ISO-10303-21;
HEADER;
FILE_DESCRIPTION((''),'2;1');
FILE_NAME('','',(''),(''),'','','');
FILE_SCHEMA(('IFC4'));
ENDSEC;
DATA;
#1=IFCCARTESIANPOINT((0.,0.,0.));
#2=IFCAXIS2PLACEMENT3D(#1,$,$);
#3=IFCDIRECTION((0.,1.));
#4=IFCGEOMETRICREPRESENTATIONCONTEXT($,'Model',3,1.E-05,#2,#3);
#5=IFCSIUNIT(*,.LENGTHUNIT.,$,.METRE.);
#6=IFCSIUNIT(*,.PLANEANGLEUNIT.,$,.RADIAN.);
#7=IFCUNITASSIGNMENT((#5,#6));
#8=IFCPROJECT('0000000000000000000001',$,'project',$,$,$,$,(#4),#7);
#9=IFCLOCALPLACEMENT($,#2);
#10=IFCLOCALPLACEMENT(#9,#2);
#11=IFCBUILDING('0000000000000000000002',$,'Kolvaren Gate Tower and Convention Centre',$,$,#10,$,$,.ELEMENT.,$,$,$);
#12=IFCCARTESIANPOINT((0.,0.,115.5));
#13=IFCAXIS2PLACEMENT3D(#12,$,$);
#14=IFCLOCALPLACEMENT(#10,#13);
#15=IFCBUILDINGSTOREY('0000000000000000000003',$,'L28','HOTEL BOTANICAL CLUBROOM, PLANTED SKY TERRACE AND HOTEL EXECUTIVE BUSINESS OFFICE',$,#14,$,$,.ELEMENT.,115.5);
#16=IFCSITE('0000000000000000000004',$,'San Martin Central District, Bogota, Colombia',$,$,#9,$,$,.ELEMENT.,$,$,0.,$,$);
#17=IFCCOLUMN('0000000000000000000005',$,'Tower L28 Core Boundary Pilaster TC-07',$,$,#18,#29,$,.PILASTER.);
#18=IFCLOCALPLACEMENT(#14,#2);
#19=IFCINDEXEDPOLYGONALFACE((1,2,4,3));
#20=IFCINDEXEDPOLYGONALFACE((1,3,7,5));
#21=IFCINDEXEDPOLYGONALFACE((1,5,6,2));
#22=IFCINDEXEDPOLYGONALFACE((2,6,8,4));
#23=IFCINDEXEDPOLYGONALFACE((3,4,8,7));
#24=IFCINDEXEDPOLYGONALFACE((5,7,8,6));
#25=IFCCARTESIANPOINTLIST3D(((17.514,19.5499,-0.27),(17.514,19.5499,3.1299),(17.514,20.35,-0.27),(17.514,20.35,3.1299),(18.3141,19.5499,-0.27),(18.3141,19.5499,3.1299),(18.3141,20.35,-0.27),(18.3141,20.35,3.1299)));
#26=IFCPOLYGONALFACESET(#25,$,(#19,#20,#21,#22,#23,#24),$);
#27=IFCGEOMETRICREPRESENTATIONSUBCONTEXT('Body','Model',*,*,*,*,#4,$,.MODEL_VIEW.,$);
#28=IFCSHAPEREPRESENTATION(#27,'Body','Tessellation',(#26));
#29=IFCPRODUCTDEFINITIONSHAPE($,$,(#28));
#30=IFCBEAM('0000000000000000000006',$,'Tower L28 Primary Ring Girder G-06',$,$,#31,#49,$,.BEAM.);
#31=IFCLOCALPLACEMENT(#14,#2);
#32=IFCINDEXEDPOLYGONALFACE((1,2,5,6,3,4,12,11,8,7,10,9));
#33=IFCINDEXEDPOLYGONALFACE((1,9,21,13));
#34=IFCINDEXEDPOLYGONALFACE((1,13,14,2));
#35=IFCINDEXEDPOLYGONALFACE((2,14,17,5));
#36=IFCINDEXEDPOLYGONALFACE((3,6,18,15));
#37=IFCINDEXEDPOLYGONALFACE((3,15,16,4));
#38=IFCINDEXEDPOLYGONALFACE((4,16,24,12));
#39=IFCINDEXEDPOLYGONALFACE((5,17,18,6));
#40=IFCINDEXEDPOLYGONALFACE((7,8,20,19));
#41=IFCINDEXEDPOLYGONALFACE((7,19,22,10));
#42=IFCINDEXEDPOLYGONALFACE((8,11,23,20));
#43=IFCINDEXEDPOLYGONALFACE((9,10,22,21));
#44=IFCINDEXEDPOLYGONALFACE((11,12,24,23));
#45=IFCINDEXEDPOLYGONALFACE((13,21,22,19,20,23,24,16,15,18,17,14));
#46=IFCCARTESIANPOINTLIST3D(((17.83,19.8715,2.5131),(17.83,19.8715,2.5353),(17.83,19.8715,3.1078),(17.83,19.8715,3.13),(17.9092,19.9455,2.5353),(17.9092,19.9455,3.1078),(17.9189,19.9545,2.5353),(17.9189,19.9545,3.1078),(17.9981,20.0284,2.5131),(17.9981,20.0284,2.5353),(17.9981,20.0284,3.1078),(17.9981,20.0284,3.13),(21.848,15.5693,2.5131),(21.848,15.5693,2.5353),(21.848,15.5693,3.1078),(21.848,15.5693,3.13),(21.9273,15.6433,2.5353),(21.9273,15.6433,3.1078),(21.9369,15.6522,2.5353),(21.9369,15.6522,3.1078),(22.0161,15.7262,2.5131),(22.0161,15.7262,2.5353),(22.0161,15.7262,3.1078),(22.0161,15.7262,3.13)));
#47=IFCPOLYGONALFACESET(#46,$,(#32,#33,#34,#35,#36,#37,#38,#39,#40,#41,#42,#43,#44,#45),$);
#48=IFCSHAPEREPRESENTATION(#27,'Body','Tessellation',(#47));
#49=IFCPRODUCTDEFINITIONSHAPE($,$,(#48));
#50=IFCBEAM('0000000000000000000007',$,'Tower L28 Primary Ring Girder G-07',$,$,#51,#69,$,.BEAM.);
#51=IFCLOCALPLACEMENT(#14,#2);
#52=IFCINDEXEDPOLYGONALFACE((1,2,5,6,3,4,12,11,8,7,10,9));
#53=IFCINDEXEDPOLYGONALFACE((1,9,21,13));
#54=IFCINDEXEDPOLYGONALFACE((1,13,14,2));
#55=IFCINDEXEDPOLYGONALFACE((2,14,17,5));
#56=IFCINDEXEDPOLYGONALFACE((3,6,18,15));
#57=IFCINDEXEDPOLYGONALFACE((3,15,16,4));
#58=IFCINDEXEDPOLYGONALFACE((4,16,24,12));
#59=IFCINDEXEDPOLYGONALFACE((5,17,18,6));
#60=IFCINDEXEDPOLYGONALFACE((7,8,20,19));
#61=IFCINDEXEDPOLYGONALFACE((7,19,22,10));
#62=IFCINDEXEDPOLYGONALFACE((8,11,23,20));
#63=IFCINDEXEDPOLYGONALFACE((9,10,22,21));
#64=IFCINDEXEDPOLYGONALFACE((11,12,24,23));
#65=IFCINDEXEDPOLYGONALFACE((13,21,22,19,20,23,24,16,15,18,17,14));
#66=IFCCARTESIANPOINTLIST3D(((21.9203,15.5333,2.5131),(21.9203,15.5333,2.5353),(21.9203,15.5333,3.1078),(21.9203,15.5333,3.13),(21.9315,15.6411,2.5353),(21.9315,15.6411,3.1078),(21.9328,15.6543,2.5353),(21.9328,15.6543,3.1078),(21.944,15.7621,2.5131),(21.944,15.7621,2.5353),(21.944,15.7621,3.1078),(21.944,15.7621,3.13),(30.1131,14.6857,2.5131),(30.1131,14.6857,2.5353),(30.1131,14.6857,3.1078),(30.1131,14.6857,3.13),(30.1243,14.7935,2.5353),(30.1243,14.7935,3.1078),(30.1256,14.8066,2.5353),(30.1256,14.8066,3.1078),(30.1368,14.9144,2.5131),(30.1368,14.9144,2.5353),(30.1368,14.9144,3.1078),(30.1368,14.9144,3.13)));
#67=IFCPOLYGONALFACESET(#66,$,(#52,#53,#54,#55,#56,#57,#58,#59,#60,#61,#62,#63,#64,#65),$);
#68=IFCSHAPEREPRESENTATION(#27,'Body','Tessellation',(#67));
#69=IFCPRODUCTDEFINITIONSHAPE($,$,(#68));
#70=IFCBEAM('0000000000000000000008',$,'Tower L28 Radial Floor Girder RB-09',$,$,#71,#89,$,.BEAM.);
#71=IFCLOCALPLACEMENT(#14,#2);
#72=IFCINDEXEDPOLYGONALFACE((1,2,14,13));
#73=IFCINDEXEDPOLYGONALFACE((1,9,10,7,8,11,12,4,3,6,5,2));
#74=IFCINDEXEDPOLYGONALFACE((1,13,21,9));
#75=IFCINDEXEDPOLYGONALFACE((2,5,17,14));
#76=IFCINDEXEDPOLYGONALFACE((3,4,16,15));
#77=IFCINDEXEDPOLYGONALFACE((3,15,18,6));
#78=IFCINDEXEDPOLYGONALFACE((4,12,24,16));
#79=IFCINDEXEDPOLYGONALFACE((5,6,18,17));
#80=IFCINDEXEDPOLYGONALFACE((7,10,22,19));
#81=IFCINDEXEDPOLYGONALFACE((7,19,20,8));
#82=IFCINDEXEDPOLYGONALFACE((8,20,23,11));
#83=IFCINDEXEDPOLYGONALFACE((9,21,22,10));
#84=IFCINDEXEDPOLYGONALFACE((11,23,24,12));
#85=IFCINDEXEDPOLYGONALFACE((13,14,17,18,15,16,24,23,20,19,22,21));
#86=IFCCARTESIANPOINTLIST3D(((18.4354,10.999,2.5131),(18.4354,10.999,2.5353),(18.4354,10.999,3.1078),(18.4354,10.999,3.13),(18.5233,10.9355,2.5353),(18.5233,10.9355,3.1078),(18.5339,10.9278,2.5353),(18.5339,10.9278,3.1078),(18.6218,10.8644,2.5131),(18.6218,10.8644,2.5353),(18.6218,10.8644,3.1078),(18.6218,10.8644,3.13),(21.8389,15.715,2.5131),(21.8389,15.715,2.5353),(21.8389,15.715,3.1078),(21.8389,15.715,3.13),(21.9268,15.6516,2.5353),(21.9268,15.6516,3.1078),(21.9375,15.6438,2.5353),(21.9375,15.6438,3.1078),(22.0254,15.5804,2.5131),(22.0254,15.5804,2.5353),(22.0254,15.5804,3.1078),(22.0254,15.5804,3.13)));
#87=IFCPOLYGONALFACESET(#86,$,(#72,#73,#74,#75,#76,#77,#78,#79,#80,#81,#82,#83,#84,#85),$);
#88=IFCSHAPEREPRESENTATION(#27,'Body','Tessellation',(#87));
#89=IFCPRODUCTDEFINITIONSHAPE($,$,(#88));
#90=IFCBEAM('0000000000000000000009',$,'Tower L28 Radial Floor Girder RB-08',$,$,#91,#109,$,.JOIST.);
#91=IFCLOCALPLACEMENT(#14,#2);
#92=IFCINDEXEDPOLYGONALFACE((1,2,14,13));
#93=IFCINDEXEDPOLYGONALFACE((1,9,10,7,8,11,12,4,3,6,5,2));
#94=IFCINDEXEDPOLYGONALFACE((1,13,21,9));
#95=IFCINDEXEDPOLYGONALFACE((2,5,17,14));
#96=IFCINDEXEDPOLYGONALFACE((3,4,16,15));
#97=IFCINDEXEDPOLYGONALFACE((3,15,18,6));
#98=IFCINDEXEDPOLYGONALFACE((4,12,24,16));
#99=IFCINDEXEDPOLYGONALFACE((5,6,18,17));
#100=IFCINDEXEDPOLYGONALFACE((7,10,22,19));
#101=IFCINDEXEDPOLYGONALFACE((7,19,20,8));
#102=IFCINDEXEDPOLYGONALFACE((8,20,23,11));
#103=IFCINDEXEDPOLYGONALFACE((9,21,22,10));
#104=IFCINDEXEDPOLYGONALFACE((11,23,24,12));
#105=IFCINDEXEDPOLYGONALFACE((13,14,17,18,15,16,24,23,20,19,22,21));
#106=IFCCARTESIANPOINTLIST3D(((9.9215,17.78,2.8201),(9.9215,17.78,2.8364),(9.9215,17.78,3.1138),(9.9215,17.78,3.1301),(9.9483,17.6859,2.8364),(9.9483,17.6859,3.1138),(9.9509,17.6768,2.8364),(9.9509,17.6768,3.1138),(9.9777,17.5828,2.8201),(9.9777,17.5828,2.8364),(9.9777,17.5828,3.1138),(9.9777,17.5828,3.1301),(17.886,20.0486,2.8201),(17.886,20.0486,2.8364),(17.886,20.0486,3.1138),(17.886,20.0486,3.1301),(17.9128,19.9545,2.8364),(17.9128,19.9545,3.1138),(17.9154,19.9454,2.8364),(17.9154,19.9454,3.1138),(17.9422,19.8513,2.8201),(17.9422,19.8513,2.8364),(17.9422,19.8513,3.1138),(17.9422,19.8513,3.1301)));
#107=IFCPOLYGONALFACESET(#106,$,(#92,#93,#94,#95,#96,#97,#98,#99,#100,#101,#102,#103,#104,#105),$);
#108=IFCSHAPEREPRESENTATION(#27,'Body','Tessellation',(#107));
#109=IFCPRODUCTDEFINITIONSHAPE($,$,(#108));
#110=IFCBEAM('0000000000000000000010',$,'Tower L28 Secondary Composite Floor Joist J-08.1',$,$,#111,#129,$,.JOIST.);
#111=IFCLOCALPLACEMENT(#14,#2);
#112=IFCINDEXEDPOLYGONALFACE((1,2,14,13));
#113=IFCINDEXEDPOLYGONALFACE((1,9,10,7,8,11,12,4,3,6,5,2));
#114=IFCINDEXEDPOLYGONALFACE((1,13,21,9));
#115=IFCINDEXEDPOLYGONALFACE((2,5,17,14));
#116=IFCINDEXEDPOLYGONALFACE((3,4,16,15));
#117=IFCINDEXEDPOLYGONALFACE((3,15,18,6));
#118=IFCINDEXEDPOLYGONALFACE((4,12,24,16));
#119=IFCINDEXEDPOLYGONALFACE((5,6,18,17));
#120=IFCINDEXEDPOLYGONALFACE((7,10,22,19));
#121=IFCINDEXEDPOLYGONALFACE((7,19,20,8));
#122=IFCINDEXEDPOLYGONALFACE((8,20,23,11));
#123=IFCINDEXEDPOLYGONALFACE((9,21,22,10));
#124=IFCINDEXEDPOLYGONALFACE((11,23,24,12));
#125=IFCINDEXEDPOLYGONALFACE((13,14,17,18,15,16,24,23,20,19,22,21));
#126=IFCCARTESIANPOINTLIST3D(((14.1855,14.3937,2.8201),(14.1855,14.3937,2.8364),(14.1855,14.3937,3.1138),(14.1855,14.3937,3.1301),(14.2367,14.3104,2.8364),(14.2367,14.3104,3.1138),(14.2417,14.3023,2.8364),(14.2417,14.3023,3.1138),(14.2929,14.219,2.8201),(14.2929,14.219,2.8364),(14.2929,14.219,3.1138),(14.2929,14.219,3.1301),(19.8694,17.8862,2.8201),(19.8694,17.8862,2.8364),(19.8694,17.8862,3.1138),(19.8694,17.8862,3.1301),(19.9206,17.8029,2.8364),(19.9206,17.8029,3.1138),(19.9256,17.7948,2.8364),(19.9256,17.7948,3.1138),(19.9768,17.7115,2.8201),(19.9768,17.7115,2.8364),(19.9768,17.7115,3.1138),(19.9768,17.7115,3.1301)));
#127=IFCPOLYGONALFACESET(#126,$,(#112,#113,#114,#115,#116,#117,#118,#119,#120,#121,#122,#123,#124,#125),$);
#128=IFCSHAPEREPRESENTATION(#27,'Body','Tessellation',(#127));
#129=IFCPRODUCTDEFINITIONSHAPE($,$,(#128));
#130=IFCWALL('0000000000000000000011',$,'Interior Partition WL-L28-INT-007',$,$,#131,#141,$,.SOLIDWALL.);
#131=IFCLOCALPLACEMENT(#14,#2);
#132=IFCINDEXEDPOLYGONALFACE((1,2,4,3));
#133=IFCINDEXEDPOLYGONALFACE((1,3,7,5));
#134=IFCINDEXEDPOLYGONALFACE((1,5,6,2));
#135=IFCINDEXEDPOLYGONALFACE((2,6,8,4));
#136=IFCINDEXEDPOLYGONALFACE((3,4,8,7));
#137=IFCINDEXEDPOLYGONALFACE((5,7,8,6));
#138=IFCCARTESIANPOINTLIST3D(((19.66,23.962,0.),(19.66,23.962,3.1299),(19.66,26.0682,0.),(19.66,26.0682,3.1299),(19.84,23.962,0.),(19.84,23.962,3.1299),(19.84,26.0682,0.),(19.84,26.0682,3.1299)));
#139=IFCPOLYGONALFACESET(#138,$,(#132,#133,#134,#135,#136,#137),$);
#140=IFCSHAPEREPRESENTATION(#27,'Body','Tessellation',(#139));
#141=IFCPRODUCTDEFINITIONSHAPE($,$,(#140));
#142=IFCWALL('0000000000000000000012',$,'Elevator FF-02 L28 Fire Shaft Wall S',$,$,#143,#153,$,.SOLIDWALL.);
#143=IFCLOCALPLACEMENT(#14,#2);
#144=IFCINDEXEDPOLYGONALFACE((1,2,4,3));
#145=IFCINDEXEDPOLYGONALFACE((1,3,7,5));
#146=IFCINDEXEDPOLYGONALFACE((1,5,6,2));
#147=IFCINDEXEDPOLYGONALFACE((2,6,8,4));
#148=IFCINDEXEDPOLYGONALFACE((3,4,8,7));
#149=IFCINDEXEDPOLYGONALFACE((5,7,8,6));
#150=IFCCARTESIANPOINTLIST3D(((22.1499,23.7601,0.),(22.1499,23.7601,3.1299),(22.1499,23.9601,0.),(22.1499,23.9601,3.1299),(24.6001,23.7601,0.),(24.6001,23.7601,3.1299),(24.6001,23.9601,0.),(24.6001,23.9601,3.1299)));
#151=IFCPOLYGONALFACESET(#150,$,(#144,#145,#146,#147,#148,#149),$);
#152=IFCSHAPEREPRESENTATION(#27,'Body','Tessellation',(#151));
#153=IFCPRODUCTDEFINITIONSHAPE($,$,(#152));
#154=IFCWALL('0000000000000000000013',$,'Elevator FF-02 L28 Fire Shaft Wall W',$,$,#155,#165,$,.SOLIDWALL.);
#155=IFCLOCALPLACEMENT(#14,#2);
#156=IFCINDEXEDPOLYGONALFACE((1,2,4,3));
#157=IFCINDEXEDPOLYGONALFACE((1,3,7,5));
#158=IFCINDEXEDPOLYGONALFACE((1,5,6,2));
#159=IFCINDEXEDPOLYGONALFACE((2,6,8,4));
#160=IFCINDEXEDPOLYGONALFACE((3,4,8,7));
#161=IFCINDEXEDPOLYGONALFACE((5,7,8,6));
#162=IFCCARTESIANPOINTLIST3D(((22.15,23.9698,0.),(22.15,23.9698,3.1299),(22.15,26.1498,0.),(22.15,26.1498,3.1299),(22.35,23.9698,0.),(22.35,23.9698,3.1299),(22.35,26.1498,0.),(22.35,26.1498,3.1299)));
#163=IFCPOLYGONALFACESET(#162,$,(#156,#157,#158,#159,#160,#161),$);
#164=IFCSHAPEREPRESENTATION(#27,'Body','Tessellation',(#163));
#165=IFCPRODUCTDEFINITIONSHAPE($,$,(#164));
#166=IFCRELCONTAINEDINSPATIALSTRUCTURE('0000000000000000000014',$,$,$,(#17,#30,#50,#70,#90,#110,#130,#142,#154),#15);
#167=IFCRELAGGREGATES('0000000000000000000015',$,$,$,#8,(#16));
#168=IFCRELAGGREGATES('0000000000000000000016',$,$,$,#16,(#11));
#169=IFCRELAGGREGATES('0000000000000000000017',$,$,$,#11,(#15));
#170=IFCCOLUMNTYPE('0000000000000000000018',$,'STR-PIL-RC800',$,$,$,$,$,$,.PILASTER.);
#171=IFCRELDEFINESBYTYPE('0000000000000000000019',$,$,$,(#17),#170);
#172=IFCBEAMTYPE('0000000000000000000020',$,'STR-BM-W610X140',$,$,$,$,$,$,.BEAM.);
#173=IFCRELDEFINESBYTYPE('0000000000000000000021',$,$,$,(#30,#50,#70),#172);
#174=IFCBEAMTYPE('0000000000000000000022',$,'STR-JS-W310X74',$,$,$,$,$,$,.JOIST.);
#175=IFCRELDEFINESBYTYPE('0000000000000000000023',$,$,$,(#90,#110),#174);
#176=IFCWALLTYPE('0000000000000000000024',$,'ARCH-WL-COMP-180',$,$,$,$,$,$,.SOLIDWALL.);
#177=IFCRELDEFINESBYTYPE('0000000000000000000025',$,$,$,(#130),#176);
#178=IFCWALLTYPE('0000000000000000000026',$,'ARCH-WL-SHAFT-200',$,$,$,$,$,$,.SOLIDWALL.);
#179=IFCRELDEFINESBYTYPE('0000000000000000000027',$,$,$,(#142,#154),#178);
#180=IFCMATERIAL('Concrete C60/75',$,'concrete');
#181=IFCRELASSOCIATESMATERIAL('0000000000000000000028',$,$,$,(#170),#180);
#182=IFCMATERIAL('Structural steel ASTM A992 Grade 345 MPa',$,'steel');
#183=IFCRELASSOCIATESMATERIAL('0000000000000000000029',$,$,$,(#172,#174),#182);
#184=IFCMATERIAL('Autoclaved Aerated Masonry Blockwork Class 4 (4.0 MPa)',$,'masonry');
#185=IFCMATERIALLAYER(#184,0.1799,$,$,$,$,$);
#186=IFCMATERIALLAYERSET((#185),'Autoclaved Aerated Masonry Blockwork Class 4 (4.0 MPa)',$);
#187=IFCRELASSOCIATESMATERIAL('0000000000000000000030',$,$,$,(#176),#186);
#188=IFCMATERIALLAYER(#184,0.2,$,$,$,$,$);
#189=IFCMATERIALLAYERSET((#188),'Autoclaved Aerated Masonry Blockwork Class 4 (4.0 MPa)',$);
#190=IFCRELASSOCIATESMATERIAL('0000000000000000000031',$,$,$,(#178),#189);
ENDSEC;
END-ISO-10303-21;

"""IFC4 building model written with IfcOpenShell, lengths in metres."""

from ifc_helpers import new_model, si_unit, direction, frame, frame_2d, origin, origin_2d, place, context, subcontext, project, spatial, rectangle, i_section, extrude, material, layer, layer_set, material_profile, profile_set, type_object, element, save


model = new_model("IFC4")

# Units and contexts
model_context = context("Model", 3, precision=1e-05, world=origin(), true_north=direction((0.0, 1.0)))
body_context = subcontext(model_context, "Body", "Model", "MODEL_VIEW")
ifc_project = project(units=[si_unit("LENGTHUNIT", "METRE"), si_unit("PLANEANGLEUNIT", "RADIAN")], contexts=[model_context])

# Site, building, storey
site_placement = place(None, origin())
site = spatial("IfcSite", under=ifc_project, at=site_placement, Name="San Martin Central District, Bogota, Colombia", CompositionType="ELEMENT", RefElevation=0.0)
building_placement = place(site_placement, origin())
building = spatial("IfcBuilding", under=site, at=building_placement, Name="Kolvaren Gate Tower and Convention Centre", CompositionType="ELEMENT")
storey_placement = place(building_placement, frame((0.0, 0.0, 115.5)))
storey = spatial("IfcBuildingStorey", under=building, at=storey_placement, Name="L28", Description="HOTEL BOTANICAL CLUBROOM, PLANTED SKY TERRACE AND HOTEL EXECUTIVE BUSINESS OFFICE", CompositionType="ELEMENT", Elevation=115.5)

# Column
ifc_material_1 = material(Name="Concrete C60/75", Category="concrete")
ifc_material_profile_1 = material_profile(ifc_material_1, rectangle(XDim=0.8, YDim=0.8, at=origin_2d()), Name="RC-COL-800X800")
ifc_profile_set_1 = profile_set([ifc_material_profile_1], Name="Concrete C60/75")
column_type = type_object("IfcColumnType", Name="STR-PIL-RC800", PredefinedType="PILASTER", material=ifc_profile_set_1)
column_placement = place(storey_placement, frame((17.9141, 19.95, -0.27), z_axis=(0.0, 0.0, 1.0), x_axis=(1.0, 0.0, 0.0)))
element("IfcColumn", 1, at=column_placement, inside=storey, type_object=column_type, Name="Tower L28 Core Boundary Pilaster TC-07", PredefinedType="PILASTER", context=body_context, shape_type="SweptSolid", body=[
    extrude(rectangle(XDim=0.8, YDim=0.8, at=origin_2d()), origin(), (0.0, 0.0, 1.0), 3.3999),
])

# Beams
ifc_material_2 = material(Name="Structural steel ASTM A992 Grade 345 MPa", Category="steel")
ifc_material_profile_2 = material_profile(ifc_material_2, i_section(OverallWidth=0.23, OverallDepth=0.6169, WebThickness=0.0132, FlangeThickness=0.0222, at=origin_2d()), Name="W610X140")
ifc_profile_set_2 = profile_set([ifc_material_profile_2], Name="Structural steel ASTM A992 Grade 345 MPa")
beam_type_1 = type_object("IfcBeamType", Name="STR-BM-W610X140", PredefinedType="BEAM", material=ifc_profile_set_2)
beam_1_placement = place(storey_placement, frame((17.9141, 19.95, 2.8215), z_axis=(0.682558, -0.730832, 0.0), x_axis=(0.730832, 0.682558, 0.0)))
element("IfcBeam", 2, at=beam_1_placement, inside=storey, type_object=beam_type_1, Name="Tower L28 Primary Ring Girder G-06", PredefinedType="BEAM", context=body_context, shape_type="SweptSolid", body=[
    extrude(i_section(OverallWidth=0.23, OverallDepth=0.6169, WebThickness=0.0132, FlangeThickness=0.0222, at=origin_2d()), origin(), (0.0, 0.0, 1.0), 5.8867),
])
beam_2_placement = place(storey_placement, frame((21.9321, 15.6477, 2.8215), z_axis=(0.99469, -0.102913, 0.0), x_axis=(0.102913, 0.99469, 0.0)))
element("IfcBeam", 3, at=beam_2_placement, inside=storey, type_object=beam_type_1, Name="Tower L28 Primary Ring Girder G-07", PredefinedType="BEAM", context=body_context, shape_type="SweptSolid", body=[
    extrude(i_section(OverallWidth=0.23, OverallDepth=0.6169, WebThickness=0.0132, FlangeThickness=0.0222, at=origin_2d()), origin(), (0.0, 0.0, 1.0), 8.2366),
])
beam_3_placement = place(storey_placement, frame((21.9321, 15.6477, 2.8215), z_axis=(-0.58521, -0.810882, 0.0), x_axis=(0.810882, -0.58521, 0.0)))
element("IfcBeam", 4, at=beam_3_placement, inside=storey, type_object=beam_type_1, Name="Tower L28 Radial Floor Girder RB-09", PredefinedType="BEAM", context=body_context, shape_type="SweptSolid", body=[
    extrude(i_section(OverallWidth=0.23, OverallDepth=0.6169, WebThickness=0.0132, FlangeThickness=0.0222, at=origin_2d()), origin(), (0.0, 0.0, 1.0), 5.8159),
])
ifc_material_profile_3 = material_profile(ifc_material_2, i_section(OverallWidth=0.2051, OverallDepth=0.3101, WebThickness=0.0095, FlangeThickness=0.0164, at=origin_2d()), Name="W310X74")
ifc_profile_set_3 = profile_set([ifc_material_profile_3], Name="Structural steel ASTM A992 Grade 345 MPa")
beam_type_2 = type_object("IfcBeamType", Name="STR-JS-W310X74", PredefinedType="JOIST", material=ifc_profile_set_3)
beam_4_placement = place(storey_placement, frame((17.9141, 19.95, 2.9751), z_axis=(-0.961746, -0.273942, 0.0), x_axis=(0.273942, -0.961746, 0.0)))
element("IfcBeam", 5, at=beam_4_placement, inside=storey, type_object=beam_type_2, Name="Tower L28 Radial Floor Girder RB-08", PredefinedType="JOIST", context=body_context, shape_type="SweptSolid", body=[
    extrude(i_section(OverallWidth=0.2051, OverallDepth=0.3101, WebThickness=0.0095, FlangeThickness=0.0164, at=origin_2d()), origin(), (0.0, 0.0, 1.0), 8.2812),
])
beam_5_placement = place(storey_placement, frame((19.9231, 17.7988, 2.9751), z_axis=(-0.852014, -0.523519, 0.0), x_axis=(0.523519, -0.852014, 0.0)))
element("IfcBeam", 6, at=beam_5_placement, inside=storey, type_object=beam_type_2, Name="Tower L28 Secondary Composite Floor Joist J-08.1", PredefinedType="JOIST", context=body_context, shape_type="SweptSolid", body=[
    extrude(i_section(OverallWidth=0.2051, OverallDepth=0.3101, WebThickness=0.0095, FlangeThickness=0.0164, at=origin_2d()), origin(), (0.0, 0.0, 1.0), 6.6711),
])

# Walls
ifc_material_3 = material(Name="Autoclaved Aerated Masonry Blockwork Class 4 (4.0 MPa)", Category="masonry")
ifc_layer_1 = layer(ifc_material_3, 0.1799)
ifc_layer_set_1 = layer_set([ifc_layer_1], Name="Autoclaved Aerated Masonry Blockwork Class 4 (4.0 MPa)")
wall_type_1 = type_object("IfcWallType", Name="ARCH-WL-COMP-180", PredefinedType="SOLIDWALL", material=ifc_layer_set_1)
wall_1_placement = place(storey_placement, frame((19.75, 23.9619, 0.0), z_axis=(0.0, 0.0, 1.0), x_axis=(0.0, 1.0, 0.0)))
element("IfcWall", 7, at=wall_1_placement, inside=storey, type_object=wall_type_1, Name="Interior Partition WL-L28-INT-007", PredefinedType="SOLIDWALL", context=body_context, shape_type="SweptSolid", body=[
    extrude(rectangle(XDim=2.1062, YDim=0.1799, at=frame_2d((1.0532, 0.0))), origin(), (0.0, 0.0, 1.0), 3.1299),
])
ifc_layer_2 = layer(ifc_material_3, 0.2)
ifc_layer_set_2 = layer_set([ifc_layer_2], Name="Autoclaved Aerated Masonry Blockwork Class 4 (4.0 MPa)")
wall_type_2 = type_object("IfcWallType", Name="ARCH-WL-SHAFT-200", PredefinedType="SOLIDWALL", material=ifc_layer_set_2)
wall_2_placement = place(storey_placement, frame((22.1499, 23.8601, 0.0), z_axis=(0.0, 0.0, 1.0), x_axis=(1.0, 0.0, 0.0)))
element("IfcWall", 8, at=wall_2_placement, inside=storey, type_object=wall_type_2, Name="Elevator FF-02 L28 Fire Shaft Wall S", PredefinedType="SOLIDWALL", context=body_context, shape_type="SweptSolid", body=[
    extrude(rectangle(XDim=2.4502, YDim=0.2, at=frame_2d((1.2251, 0.0))), origin(), (0.0, 0.0, 1.0), 3.1299),
])
wall_3_placement = place(storey_placement, frame((22.25, 23.97, 0.0), z_axis=(0.0, 0.0, 1.0), x_axis=(0.0, 1.0, 0.0)))
element("IfcWall", 9, at=wall_3_placement, inside=storey, type_object=wall_type_2, Name="Elevator FF-02 L28 Fire Shaft Wall W", PredefinedType="SOLIDWALL", context=body_context, shape_type="SweptSolid", body=[
    extrude(rectangle(XDim=2.1799, YDim=0.2, at=frame_2d((1.0898, 0.0))), origin(), (0.0, 0.0, 1.0), 3.1299),
])

save(model, "model.ifc")
